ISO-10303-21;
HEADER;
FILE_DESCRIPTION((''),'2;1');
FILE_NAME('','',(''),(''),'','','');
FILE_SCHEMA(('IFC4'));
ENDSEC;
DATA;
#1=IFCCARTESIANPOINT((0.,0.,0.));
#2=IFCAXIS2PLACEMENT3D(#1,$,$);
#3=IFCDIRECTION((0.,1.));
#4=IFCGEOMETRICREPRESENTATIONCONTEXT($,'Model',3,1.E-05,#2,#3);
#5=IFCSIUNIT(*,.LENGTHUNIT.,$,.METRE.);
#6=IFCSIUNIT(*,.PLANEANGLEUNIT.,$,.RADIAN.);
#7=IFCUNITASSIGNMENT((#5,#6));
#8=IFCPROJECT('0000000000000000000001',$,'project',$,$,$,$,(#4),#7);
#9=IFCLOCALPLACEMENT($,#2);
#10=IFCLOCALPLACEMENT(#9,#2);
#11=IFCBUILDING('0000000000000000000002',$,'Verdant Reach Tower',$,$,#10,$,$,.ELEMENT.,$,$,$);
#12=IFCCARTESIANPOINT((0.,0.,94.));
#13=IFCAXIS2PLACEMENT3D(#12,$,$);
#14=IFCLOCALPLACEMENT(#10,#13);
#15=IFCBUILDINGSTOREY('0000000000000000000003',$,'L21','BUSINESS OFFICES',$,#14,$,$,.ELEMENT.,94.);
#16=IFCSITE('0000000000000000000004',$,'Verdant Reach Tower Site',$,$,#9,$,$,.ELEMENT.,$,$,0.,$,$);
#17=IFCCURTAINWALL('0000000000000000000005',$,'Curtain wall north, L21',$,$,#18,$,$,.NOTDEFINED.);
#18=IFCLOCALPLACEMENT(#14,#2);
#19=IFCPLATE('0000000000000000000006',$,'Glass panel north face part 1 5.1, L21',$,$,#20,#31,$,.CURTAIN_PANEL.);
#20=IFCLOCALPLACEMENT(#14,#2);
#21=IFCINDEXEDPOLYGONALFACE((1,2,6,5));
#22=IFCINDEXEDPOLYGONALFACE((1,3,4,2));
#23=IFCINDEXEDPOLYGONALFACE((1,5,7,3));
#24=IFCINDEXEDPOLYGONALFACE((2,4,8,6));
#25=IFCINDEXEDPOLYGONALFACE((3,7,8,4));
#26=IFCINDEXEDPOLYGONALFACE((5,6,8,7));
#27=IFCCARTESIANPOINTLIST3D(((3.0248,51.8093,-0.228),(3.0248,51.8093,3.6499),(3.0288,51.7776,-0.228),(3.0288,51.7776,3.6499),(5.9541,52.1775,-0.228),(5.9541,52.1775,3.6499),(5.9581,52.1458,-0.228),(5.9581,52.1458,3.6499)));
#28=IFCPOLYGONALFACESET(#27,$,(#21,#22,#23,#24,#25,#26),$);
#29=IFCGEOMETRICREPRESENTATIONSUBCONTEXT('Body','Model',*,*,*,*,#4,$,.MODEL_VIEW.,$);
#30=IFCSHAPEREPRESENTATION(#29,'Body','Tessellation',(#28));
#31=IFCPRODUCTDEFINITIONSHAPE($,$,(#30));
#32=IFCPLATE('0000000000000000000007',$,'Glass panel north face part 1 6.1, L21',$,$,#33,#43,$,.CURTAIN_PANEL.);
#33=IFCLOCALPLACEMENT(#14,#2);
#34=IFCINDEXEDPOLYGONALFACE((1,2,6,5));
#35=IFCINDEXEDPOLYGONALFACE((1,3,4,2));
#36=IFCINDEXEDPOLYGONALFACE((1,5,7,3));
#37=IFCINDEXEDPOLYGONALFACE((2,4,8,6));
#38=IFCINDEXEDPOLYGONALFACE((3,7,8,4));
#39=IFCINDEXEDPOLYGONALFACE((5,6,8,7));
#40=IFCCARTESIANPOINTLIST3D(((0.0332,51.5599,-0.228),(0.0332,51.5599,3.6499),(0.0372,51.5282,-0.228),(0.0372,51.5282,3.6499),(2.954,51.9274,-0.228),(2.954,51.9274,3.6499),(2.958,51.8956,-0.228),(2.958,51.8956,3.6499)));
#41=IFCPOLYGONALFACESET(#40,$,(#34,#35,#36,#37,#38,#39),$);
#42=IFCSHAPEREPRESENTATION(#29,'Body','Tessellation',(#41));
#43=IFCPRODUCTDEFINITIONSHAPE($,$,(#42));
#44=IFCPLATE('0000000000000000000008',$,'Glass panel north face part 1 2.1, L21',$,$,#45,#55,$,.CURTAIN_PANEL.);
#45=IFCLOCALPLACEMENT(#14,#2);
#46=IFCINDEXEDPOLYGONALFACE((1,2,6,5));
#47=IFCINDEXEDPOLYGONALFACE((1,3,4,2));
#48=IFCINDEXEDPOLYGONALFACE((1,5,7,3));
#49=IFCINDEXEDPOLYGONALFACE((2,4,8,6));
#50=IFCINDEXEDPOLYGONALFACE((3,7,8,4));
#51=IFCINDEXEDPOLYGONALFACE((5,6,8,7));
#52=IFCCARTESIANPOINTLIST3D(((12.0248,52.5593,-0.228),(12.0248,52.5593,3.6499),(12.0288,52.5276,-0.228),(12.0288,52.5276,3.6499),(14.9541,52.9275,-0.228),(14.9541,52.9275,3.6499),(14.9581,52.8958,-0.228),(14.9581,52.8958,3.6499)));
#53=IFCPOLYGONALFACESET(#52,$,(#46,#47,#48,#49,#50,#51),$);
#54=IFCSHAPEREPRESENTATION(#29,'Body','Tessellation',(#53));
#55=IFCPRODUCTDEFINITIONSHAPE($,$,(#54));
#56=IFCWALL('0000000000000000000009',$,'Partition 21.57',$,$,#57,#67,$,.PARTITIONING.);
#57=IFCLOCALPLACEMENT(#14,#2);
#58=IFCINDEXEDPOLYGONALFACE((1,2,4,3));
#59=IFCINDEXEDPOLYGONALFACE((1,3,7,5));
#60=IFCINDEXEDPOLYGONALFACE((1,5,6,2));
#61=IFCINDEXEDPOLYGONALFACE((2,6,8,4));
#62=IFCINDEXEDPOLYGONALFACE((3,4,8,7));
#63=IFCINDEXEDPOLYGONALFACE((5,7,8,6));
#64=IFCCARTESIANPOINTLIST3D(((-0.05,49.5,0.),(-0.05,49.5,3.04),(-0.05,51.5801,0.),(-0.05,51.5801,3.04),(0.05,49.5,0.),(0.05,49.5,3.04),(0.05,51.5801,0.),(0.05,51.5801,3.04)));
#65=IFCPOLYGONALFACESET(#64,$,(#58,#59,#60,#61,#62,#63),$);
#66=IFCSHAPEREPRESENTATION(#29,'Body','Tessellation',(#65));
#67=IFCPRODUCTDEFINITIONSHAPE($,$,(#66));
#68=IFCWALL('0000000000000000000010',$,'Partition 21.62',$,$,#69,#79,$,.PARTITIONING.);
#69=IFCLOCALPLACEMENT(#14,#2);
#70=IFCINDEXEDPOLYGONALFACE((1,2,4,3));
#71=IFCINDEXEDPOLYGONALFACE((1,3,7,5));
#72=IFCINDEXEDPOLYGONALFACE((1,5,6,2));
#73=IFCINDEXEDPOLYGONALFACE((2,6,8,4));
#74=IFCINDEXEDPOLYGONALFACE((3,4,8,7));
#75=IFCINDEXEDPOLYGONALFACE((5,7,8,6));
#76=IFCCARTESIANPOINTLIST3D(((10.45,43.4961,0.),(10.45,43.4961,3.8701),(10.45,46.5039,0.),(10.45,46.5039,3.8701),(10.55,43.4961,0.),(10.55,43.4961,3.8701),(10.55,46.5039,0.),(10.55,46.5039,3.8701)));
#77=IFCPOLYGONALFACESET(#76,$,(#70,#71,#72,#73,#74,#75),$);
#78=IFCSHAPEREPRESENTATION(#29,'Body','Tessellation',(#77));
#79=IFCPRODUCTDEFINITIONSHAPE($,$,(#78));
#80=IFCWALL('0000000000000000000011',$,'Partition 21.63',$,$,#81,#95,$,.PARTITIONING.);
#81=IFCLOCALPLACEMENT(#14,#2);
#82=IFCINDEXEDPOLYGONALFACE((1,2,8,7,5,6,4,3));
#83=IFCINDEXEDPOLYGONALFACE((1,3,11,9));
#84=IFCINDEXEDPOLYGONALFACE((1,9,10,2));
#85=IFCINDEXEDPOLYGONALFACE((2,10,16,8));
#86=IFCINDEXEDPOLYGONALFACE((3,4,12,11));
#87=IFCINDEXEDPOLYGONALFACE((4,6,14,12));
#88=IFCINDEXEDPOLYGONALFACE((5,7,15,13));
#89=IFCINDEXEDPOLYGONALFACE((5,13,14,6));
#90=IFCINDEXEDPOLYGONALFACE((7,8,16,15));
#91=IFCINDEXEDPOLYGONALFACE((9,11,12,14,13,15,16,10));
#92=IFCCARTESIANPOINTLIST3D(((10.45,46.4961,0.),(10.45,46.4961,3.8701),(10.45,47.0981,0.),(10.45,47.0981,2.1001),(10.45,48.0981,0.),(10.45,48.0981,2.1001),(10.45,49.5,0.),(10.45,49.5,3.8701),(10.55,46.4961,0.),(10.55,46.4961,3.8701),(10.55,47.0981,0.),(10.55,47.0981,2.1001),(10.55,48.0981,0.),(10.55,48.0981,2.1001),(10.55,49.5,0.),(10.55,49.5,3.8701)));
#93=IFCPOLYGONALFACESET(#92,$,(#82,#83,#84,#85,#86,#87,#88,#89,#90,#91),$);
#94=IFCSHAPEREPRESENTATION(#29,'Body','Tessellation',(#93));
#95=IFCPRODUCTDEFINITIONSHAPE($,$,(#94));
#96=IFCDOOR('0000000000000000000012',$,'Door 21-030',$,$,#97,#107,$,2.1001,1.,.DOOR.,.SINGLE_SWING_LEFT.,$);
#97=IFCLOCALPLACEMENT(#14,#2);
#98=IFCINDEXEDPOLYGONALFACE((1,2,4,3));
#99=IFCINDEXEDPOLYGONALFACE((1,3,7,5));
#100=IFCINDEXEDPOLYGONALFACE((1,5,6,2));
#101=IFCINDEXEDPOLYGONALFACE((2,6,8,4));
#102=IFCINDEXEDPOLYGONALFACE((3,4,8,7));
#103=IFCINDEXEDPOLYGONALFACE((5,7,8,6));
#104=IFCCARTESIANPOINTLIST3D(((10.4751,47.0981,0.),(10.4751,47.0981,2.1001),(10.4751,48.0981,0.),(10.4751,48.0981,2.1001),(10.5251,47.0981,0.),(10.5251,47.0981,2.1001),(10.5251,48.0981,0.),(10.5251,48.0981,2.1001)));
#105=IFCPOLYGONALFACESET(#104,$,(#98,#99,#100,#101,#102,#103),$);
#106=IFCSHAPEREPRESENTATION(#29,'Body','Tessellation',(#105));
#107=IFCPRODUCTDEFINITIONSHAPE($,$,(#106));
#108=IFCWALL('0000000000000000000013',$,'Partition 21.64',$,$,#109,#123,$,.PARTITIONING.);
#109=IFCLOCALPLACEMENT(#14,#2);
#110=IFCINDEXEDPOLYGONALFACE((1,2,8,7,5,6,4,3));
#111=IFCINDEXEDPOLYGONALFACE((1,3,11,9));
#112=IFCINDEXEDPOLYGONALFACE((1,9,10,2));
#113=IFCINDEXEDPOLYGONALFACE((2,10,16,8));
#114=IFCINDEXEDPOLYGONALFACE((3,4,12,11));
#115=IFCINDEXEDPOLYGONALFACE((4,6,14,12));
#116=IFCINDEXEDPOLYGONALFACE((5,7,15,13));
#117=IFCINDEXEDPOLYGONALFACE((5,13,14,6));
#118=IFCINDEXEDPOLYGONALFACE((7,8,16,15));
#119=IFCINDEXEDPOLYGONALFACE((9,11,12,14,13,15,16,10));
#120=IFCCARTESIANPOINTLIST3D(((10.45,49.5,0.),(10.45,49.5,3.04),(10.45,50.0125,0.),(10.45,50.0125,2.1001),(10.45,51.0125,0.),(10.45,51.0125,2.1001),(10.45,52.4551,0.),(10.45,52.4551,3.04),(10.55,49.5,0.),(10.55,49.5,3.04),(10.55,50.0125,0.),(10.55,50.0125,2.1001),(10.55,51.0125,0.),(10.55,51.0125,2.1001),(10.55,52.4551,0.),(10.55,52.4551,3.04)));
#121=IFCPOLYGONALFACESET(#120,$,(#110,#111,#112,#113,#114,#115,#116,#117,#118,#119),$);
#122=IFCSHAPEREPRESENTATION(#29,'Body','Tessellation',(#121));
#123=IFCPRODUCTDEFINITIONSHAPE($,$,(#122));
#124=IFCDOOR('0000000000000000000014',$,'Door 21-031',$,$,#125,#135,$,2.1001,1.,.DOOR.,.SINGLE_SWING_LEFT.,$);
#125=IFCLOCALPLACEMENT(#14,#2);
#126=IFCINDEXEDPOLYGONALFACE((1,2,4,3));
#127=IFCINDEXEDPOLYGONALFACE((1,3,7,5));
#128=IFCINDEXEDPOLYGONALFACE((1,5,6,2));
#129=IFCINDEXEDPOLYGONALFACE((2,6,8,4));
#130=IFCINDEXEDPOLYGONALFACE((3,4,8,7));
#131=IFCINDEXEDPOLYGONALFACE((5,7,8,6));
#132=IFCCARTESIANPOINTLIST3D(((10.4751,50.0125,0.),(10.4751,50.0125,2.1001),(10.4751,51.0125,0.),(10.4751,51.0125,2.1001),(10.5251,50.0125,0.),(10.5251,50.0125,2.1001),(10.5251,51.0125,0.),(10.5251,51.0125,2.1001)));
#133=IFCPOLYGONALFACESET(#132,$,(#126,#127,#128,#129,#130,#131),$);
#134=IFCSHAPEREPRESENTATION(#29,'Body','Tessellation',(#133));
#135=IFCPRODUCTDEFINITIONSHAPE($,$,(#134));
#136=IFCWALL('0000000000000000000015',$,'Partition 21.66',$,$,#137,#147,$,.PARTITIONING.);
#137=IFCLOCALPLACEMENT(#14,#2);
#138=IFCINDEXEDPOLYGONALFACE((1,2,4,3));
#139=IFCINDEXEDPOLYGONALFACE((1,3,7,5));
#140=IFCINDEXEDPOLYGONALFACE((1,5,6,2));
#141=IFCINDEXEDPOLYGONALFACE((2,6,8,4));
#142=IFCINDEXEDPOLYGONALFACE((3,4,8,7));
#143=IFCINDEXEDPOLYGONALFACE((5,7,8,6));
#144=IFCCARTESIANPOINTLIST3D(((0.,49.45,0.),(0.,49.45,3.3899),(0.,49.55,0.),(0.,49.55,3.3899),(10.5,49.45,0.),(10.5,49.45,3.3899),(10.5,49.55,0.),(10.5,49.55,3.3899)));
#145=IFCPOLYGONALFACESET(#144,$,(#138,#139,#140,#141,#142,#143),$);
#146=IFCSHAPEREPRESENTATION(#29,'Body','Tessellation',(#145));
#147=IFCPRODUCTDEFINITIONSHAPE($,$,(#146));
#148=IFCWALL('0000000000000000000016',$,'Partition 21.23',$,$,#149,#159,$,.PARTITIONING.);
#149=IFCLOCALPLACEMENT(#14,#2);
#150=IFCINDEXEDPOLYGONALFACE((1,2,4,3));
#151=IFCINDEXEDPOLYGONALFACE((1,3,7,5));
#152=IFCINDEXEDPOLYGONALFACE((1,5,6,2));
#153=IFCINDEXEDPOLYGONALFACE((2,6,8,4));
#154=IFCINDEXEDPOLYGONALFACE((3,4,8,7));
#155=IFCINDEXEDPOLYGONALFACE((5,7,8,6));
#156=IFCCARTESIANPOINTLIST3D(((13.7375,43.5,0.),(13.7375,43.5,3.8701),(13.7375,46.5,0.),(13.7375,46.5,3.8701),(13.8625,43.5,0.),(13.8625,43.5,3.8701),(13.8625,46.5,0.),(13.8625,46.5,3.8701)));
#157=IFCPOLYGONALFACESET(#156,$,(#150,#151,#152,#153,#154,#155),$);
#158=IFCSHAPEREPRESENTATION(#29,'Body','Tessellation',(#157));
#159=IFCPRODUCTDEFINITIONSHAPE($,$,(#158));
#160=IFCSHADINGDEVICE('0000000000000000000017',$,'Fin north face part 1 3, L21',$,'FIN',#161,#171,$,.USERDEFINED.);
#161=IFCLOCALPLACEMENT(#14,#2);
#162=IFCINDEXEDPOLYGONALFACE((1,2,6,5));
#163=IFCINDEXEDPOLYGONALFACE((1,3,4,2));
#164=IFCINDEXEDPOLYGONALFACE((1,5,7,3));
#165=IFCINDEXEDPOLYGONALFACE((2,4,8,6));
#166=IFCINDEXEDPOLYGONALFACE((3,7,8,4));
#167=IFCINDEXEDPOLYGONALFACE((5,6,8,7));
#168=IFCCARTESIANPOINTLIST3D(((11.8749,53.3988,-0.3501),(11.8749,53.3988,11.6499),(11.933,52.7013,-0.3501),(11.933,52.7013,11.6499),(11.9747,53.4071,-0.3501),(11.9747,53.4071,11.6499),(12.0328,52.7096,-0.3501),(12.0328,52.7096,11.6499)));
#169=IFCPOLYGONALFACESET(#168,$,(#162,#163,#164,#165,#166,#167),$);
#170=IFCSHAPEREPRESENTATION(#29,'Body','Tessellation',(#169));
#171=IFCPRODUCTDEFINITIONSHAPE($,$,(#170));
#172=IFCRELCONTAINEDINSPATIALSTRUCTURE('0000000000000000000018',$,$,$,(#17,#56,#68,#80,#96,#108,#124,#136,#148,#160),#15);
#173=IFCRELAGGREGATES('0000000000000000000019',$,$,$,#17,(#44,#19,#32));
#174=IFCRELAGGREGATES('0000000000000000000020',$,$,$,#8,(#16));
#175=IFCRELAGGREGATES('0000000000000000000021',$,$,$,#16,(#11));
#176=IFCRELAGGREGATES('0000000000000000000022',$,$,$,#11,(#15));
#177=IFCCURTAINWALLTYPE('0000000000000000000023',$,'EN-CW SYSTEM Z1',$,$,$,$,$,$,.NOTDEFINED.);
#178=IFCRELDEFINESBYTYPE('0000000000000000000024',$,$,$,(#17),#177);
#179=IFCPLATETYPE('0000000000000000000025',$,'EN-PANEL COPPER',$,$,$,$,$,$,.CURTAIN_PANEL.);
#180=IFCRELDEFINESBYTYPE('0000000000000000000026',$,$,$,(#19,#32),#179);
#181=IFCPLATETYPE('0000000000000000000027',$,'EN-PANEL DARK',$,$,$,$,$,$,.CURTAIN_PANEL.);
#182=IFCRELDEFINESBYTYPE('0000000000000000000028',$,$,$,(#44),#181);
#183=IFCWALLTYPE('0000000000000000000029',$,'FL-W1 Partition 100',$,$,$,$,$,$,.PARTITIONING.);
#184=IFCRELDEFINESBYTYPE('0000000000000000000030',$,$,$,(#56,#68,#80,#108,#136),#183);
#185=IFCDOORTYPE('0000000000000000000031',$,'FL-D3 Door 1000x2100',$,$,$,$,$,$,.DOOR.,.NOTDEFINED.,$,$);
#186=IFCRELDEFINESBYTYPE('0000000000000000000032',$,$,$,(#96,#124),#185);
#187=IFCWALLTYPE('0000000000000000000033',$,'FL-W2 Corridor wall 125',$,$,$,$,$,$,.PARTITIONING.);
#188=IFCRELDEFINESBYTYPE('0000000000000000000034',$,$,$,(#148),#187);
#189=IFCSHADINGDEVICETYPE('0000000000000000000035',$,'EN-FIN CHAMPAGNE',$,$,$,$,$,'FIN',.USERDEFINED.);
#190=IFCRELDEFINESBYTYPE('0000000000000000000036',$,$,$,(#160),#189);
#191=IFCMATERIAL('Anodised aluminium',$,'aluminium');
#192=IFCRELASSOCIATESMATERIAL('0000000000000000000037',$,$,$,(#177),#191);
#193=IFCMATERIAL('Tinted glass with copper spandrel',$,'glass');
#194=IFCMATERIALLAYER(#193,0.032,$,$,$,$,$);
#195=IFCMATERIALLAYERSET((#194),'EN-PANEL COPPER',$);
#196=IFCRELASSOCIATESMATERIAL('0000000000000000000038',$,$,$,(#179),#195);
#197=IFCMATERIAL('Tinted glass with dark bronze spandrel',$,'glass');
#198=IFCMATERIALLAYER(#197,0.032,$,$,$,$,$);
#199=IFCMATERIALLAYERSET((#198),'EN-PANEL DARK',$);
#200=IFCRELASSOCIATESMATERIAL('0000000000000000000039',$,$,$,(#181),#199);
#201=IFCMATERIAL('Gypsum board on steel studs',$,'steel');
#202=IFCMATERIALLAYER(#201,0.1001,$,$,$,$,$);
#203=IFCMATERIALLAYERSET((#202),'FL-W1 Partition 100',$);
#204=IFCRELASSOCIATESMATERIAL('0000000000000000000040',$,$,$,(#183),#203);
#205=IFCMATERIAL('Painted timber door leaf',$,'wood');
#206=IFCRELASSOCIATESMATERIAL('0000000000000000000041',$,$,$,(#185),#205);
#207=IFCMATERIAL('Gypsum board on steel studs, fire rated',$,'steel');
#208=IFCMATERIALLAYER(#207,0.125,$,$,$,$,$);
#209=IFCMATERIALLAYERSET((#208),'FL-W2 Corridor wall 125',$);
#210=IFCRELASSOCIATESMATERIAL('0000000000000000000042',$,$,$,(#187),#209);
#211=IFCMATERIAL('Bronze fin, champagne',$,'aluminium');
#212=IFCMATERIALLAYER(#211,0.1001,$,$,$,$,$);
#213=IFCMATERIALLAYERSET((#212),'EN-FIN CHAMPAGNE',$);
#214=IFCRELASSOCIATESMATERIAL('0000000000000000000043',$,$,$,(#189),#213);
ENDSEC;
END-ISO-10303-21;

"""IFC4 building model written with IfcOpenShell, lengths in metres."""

from ifc_helpers import new_model, si_unit, direction, frame, frame_2d, origin, origin_2d, place, context, subcontext, project, spatial, rectangle, extrude, material, layer, layer_set, type_object, element, fill, aggregate, save


model = new_model("IFC4")

# Units and contexts
model_context = context("Model", 3, precision=1e-05, world=origin(), true_north=direction((0.0, 1.0)))
body_context = subcontext(model_context, "Body", "Model", "MODEL_VIEW")
ifc_project = project(units=[si_unit("LENGTHUNIT", "METRE"), si_unit("PLANEANGLEUNIT", "RADIAN")], contexts=[model_context])

# Site, building, storey
site_placement = place(None, origin())
site = spatial("IfcSite", under=ifc_project, at=site_placement, Name="Verdant Reach Tower Site", CompositionType="ELEMENT", RefElevation=0.0)
building_placement = place(site_placement, origin())
building = spatial("IfcBuilding", under=site, at=building_placement, Name="Verdant Reach Tower", CompositionType="ELEMENT")
storey_placement = place(building_placement, frame((0.0, 0.0, 94.0)))
storey = spatial("IfcBuildingStorey", under=building, at=storey_placement, Name="L21", Description="BUSINESS OFFICES", CompositionType="ELEMENT", Elevation=94.0)

# Curtain wall
ifc_material_1 = material(Name="Anodised aluminium", Category="aluminium")
curtain_wall_type = type_object("IfcCurtainWallType", Name="EN-CW SYSTEM Z1", PredefinedType="NOTDEFINED", material=ifc_material_1)
curtain_wall_placement = place(storey_placement, origin())
curtain_wall = element("IfcCurtainWall", 1, at=curtain_wall_placement, inside=storey, type_object=curtain_wall_type, Name="Curtain wall north, L21", PredefinedType="NOTDEFINED")

# Plates
ifc_material_2 = material(Name="Tinted glass with copper spandrel", Category="glass")
ifc_layer_1 = layer(ifc_material_2, 0.032)
ifc_layer_set_1 = layer_set([ifc_layer_1], Name="EN-PANEL COPPER")
plate_type_1 = type_object("IfcPlateType", Name="EN-PANEL COPPER", PredefinedType="CURTAIN_PANEL", material=ifc_layer_set_1)
plate_1_placement = place(storey_placement, frame((4.4915, 51.9775, -0.228), z_axis=(0.0, 0.0, 1.0), x_axis=(-0.992194, -0.124704, 0.0)))
plate_1 = element("IfcPlate", 2, at=plate_1_placement, type_object=plate_type_1, Name="Glass panel north face part 1 5.1, L21", PredefinedType="CURTAIN_PANEL", context=body_context, shape_type="SweptSolid", body=[
    extrude(rectangle(XDim=2.9524, YDim=0.032, at=origin_2d()), origin(), (0.0, 0.0, 1.0), 3.8779),
])
plate_2_placement = place(storey_placement, frame((1.4956, 51.7278, -0.228), z_axis=(0.0, 0.0, 1.0), x_axis=(-0.992179, -0.124821, 0.0)))
plate_2 = element("IfcPlate", 3, at=plate_2_placement, type_object=plate_type_1, Name="Glass panel north face part 1 6.1, L21", PredefinedType="CURTAIN_PANEL", context=body_context, shape_type="SweptSolid", body=[
    extrude(rectangle(XDim=2.9438, YDim=0.032, at=origin_2d()), origin(), (0.0, 0.0, 1.0), 3.8779),
])
ifc_material_3 = material(Name="Tinted glass with dark bronze spandrel", Category="glass")
ifc_layer_2 = layer(ifc_material_3, 0.032)
ifc_layer_set_2 = layer_set([ifc_layer_2], Name="EN-PANEL DARK")
plate_type_2 = type_object("IfcPlateType", Name="EN-PANEL DARK", PredefinedType="CURTAIN_PANEL", material=ifc_layer_set_2)
plate_3_placement = place(storey_placement, frame((13.4915, 52.7275, -0.228), z_axis=(0.0, 0.0, 1.0), x_axis=(-0.992194, -0.124704, 0.0)))
plate_3 = element("IfcPlate", 4, at=plate_3_placement, type_object=plate_type_2, Name="Glass panel north face part 1 2.1, L21", PredefinedType="CURTAIN_PANEL", context=body_context, shape_type="SweptSolid", body=[
    extrude(rectangle(XDim=2.9524, YDim=0.032, at=origin_2d()), origin(), (0.0, 0.0, 1.0), 3.8779),
])
aggregate(curtain_wall, [plate_3, plate_1, plate_2])

# Walls
ifc_material_4 = material(Name="Gypsum board on steel studs", Category="steel")
ifc_layer_3 = layer(ifc_material_4, 0.1001)
ifc_layer_set_3 = layer_set([ifc_layer_3], Name="FL-W1 Partition 100")
wall_type_1 = type_object("IfcWallType", Name="FL-W1 Partition 100", PredefinedType="PARTITIONING", material=ifc_layer_set_3)
wall_1_placement = place(storey_placement, frame((0.0, 49.5, 0.0), z_axis=(0.0, 0.0, 1.0), x_axis=(0.0, 1.0, 0.0)))
element("IfcWall", 5, at=wall_1_placement, inside=storey, type_object=wall_type_1, Name="Partition 21.57", PredefinedType="PARTITIONING", context=body_context, shape_type="SweptSolid", body=[
    extrude(rectangle(XDim=2.0801, YDim=0.1001, at=frame_2d((1.04, 0.0))), origin(), (0.0, 0.0, 1.0), 3.04),
])
wall_2_placement = place(storey_placement, frame((10.5, 46.5039, 0.0), z_axis=(0.0, 0.0, 1.0), x_axis=(0.0, -1.0, 0.0)))
element("IfcWall", 6, at=wall_2_placement, inside=storey, type_object=wall_type_1, Name="Partition 21.62", PredefinedType="PARTITIONING", context=body_context, shape_type="SweptSolid", body=[
    extrude(rectangle(XDim=3.0078, YDim=0.1001, at=frame_2d((1.5039, 0.0))), origin(), (0.0, 0.0, 1.0), 3.8701),
])

# Walls, openings, doors
wall_3_placement = place(storey_placement, frame((10.5, 46.4961, 0.0), z_axis=(0.0, 0.0, 1.0), x_axis=(0.0, 1.0, 0.0)))
wall_3 = element("IfcWall", 7, at=wall_3_placement, inside=storey, type_object=wall_type_1, Name="Partition 21.63", PredefinedType="PARTITIONING", context=body_context, shape_type="SweptSolid", body=[
    extrude(rectangle(XDim=3.0039, YDim=0.1001, at=frame_2d((1.502, 0.0))), origin(), (0.0, 0.0, 1.0), 3.8701),
])
opening_1_placement = place(wall_3_placement, frame((0.6021, 0.0, 0.0)))
opening_1 = element("IfcOpeningElement", 8, at=opening_1_placement, cuts=wall_3, PredefinedType="OPENING", context=body_context, shape_type="SweptSolid", body=[
    extrude(rectangle(XDim=1.0, YDim=2.1001, at=frame_2d((0.5, 1.05))), frame((0.0, 0.0601, 0.0), z_axis=(0.0, -1.0, 0.0), x_axis=(1.0, 0.0, 0.0)), (0.0, 0.0, 1.0), 0.1201),
])
ifc_material_5 = material(Name="Painted timber door leaf", Category="wood")
door_type = type_object("IfcDoorType", Name="FL-D3 Door 1000x2100", OperationType="NOTDEFINED", PredefinedType="DOOR", material=ifc_material_5)
door_1_placement = place(opening_1_placement, origin())
door_1 = element("IfcDoor", 9, at=door_1_placement, inside=storey, type_object=door_type, Name="Door 21-030", OperationType="SINGLE_SWING_LEFT", OverallHeight=2.1001, OverallWidth=1.0, PredefinedType="DOOR", context=body_context, shape_type="SweptSolid", body=[
    extrude(rectangle(XDim=1.0, YDim=2.1001, at=frame_2d((0.5, 1.05))), frame((0.0, 0.0249, 0.0), z_axis=(0.0, -1.0, 0.0), x_axis=(1.0, 0.0, 0.0)), (0.0, 0.0, 1.0), 0.05),
])
fill(opening_1, door_1)
wall_4_placement = place(storey_placement, frame((10.5, 49.5, 0.0), z_axis=(0.0, 0.0, 1.0), x_axis=(0.0, 1.0, 0.0)))
wall_4 = element("IfcWall", 10, at=wall_4_placement, inside=storey, type_object=wall_type_1, Name="Partition 21.64", PredefinedType="PARTITIONING", context=body_context, shape_type="SweptSolid", body=[
    extrude(rectangle(XDim=2.9551, YDim=0.1001, at=frame_2d((1.4775, 0.0))), origin(), (0.0, 0.0, 1.0), 3.04),
])
opening_2_placement = place(wall_4_placement, frame((0.5125, 0.0, 0.0)))
opening_2 = element("IfcOpeningElement", 11, at=opening_2_placement, cuts=wall_4, PredefinedType="OPENING", context=body_context, shape_type="SweptSolid", body=[
    extrude(rectangle(XDim=1.0, YDim=2.1001, at=frame_2d((0.5, 1.05))), frame((0.0, 0.0601, 0.0), z_axis=(0.0, -1.0, 0.0), x_axis=(1.0, 0.0, 0.0)), (0.0, 0.0, 1.0), 0.1201),
])
door_2_placement = place(opening_2_placement, origin())
door_2 = element("IfcDoor", 12, at=door_2_placement, inside=storey, type_object=door_type, Name="Door 21-031", OperationType="SINGLE_SWING_LEFT", OverallHeight=2.1001, OverallWidth=1.0, PredefinedType="DOOR", context=body_context, shape_type="SweptSolid", body=[
    extrude(rectangle(XDim=1.0, YDim=2.1001, at=frame_2d((0.5, 1.05))), frame((0.0, 0.0249, 0.0), z_axis=(0.0, -1.0, 0.0), x_axis=(1.0, 0.0, 0.0)), (0.0, 0.0, 1.0), 0.05),
])
fill(opening_2, door_2)

# Walls
wall_5_placement = place(storey_placement, frame((10.5, 49.5, 0.0), z_axis=(0.0, 0.0, 1.0), x_axis=(-1.0, 0.0, 0.0)))
element("IfcWall", 13, at=wall_5_placement, inside=storey, type_object=wall_type_1, Name="Partition 21.66", PredefinedType="PARTITIONING", context=body_context, shape_type="SweptSolid", body=[
    extrude(rectangle(XDim=10.5, YDim=0.1001, at=frame_2d((5.25, 0.0))), origin(), (0.0, 0.0, 1.0), 3.3899),
])
ifc_material_6 = material(Name="Gypsum board on steel studs, fire rated", Category="steel")
ifc_layer_4 = layer(ifc_material_6, 0.125)
ifc_layer_set_4 = layer_set([ifc_layer_4], Name="FL-W2 Corridor wall 125")
wall_type_2 = type_object("IfcWallType", Name="FL-W2 Corridor wall 125", PredefinedType="PARTITIONING", material=ifc_layer_set_4)
wall_6_placement = place(storey_placement, frame((13.8, 46.5, 0.0), z_axis=(0.0, 0.0, 1.0), x_axis=(0.0, -1.0, 0.0)))
element("IfcWall", 14, at=wall_6_placement, inside=storey, type_object=wall_type_2, Name="Partition 21.23", PredefinedType="PARTITIONING", context=body_context, shape_type="SweptSolid", body=[
    extrude(rectangle(XDim=3.0, YDim=0.125, at=frame_2d((1.5, 0.0))), origin(), (0.0, 0.0, 1.0), 3.8701),
])

# Shading device
ifc_material_7 = material(Name="Bronze fin, champagne", Category="aluminium")
ifc_layer_5 = layer(ifc_material_7, 0.1001)
ifc_layer_set_5 = layer_set([ifc_layer_5], Name="EN-FIN CHAMPAGNE")
shading_device_type_1 = type_object("IfcShadingDeviceType", Name="EN-FIN CHAMPAGNE", ElementType="FIN", PredefinedType="USERDEFINED", material=ifc_layer_set_5)
shading_device_placement = place(storey_placement, frame((11.9539, 53.0542, -0.3501), z_axis=(0.0, 0.0, 1.0), x_axis=(-0.996546, -0.083045, 0.0)))
element("IfcShadingDevice", 15, at=shading_device_placement, inside=storey, type_object=shading_device_type_1, Name="Fin north face part 1 3, L21", ObjectType="FIN", PredefinedType="USERDEFINED", context=body_context, shape_type="SweptSolid", body=[
    extrude(rectangle(XDim=0.1001, YDim=0.7, at=origin_2d()), origin(), (0.0, 0.0, 1.0), 12.0),
])

save(model, "model.ifc")
